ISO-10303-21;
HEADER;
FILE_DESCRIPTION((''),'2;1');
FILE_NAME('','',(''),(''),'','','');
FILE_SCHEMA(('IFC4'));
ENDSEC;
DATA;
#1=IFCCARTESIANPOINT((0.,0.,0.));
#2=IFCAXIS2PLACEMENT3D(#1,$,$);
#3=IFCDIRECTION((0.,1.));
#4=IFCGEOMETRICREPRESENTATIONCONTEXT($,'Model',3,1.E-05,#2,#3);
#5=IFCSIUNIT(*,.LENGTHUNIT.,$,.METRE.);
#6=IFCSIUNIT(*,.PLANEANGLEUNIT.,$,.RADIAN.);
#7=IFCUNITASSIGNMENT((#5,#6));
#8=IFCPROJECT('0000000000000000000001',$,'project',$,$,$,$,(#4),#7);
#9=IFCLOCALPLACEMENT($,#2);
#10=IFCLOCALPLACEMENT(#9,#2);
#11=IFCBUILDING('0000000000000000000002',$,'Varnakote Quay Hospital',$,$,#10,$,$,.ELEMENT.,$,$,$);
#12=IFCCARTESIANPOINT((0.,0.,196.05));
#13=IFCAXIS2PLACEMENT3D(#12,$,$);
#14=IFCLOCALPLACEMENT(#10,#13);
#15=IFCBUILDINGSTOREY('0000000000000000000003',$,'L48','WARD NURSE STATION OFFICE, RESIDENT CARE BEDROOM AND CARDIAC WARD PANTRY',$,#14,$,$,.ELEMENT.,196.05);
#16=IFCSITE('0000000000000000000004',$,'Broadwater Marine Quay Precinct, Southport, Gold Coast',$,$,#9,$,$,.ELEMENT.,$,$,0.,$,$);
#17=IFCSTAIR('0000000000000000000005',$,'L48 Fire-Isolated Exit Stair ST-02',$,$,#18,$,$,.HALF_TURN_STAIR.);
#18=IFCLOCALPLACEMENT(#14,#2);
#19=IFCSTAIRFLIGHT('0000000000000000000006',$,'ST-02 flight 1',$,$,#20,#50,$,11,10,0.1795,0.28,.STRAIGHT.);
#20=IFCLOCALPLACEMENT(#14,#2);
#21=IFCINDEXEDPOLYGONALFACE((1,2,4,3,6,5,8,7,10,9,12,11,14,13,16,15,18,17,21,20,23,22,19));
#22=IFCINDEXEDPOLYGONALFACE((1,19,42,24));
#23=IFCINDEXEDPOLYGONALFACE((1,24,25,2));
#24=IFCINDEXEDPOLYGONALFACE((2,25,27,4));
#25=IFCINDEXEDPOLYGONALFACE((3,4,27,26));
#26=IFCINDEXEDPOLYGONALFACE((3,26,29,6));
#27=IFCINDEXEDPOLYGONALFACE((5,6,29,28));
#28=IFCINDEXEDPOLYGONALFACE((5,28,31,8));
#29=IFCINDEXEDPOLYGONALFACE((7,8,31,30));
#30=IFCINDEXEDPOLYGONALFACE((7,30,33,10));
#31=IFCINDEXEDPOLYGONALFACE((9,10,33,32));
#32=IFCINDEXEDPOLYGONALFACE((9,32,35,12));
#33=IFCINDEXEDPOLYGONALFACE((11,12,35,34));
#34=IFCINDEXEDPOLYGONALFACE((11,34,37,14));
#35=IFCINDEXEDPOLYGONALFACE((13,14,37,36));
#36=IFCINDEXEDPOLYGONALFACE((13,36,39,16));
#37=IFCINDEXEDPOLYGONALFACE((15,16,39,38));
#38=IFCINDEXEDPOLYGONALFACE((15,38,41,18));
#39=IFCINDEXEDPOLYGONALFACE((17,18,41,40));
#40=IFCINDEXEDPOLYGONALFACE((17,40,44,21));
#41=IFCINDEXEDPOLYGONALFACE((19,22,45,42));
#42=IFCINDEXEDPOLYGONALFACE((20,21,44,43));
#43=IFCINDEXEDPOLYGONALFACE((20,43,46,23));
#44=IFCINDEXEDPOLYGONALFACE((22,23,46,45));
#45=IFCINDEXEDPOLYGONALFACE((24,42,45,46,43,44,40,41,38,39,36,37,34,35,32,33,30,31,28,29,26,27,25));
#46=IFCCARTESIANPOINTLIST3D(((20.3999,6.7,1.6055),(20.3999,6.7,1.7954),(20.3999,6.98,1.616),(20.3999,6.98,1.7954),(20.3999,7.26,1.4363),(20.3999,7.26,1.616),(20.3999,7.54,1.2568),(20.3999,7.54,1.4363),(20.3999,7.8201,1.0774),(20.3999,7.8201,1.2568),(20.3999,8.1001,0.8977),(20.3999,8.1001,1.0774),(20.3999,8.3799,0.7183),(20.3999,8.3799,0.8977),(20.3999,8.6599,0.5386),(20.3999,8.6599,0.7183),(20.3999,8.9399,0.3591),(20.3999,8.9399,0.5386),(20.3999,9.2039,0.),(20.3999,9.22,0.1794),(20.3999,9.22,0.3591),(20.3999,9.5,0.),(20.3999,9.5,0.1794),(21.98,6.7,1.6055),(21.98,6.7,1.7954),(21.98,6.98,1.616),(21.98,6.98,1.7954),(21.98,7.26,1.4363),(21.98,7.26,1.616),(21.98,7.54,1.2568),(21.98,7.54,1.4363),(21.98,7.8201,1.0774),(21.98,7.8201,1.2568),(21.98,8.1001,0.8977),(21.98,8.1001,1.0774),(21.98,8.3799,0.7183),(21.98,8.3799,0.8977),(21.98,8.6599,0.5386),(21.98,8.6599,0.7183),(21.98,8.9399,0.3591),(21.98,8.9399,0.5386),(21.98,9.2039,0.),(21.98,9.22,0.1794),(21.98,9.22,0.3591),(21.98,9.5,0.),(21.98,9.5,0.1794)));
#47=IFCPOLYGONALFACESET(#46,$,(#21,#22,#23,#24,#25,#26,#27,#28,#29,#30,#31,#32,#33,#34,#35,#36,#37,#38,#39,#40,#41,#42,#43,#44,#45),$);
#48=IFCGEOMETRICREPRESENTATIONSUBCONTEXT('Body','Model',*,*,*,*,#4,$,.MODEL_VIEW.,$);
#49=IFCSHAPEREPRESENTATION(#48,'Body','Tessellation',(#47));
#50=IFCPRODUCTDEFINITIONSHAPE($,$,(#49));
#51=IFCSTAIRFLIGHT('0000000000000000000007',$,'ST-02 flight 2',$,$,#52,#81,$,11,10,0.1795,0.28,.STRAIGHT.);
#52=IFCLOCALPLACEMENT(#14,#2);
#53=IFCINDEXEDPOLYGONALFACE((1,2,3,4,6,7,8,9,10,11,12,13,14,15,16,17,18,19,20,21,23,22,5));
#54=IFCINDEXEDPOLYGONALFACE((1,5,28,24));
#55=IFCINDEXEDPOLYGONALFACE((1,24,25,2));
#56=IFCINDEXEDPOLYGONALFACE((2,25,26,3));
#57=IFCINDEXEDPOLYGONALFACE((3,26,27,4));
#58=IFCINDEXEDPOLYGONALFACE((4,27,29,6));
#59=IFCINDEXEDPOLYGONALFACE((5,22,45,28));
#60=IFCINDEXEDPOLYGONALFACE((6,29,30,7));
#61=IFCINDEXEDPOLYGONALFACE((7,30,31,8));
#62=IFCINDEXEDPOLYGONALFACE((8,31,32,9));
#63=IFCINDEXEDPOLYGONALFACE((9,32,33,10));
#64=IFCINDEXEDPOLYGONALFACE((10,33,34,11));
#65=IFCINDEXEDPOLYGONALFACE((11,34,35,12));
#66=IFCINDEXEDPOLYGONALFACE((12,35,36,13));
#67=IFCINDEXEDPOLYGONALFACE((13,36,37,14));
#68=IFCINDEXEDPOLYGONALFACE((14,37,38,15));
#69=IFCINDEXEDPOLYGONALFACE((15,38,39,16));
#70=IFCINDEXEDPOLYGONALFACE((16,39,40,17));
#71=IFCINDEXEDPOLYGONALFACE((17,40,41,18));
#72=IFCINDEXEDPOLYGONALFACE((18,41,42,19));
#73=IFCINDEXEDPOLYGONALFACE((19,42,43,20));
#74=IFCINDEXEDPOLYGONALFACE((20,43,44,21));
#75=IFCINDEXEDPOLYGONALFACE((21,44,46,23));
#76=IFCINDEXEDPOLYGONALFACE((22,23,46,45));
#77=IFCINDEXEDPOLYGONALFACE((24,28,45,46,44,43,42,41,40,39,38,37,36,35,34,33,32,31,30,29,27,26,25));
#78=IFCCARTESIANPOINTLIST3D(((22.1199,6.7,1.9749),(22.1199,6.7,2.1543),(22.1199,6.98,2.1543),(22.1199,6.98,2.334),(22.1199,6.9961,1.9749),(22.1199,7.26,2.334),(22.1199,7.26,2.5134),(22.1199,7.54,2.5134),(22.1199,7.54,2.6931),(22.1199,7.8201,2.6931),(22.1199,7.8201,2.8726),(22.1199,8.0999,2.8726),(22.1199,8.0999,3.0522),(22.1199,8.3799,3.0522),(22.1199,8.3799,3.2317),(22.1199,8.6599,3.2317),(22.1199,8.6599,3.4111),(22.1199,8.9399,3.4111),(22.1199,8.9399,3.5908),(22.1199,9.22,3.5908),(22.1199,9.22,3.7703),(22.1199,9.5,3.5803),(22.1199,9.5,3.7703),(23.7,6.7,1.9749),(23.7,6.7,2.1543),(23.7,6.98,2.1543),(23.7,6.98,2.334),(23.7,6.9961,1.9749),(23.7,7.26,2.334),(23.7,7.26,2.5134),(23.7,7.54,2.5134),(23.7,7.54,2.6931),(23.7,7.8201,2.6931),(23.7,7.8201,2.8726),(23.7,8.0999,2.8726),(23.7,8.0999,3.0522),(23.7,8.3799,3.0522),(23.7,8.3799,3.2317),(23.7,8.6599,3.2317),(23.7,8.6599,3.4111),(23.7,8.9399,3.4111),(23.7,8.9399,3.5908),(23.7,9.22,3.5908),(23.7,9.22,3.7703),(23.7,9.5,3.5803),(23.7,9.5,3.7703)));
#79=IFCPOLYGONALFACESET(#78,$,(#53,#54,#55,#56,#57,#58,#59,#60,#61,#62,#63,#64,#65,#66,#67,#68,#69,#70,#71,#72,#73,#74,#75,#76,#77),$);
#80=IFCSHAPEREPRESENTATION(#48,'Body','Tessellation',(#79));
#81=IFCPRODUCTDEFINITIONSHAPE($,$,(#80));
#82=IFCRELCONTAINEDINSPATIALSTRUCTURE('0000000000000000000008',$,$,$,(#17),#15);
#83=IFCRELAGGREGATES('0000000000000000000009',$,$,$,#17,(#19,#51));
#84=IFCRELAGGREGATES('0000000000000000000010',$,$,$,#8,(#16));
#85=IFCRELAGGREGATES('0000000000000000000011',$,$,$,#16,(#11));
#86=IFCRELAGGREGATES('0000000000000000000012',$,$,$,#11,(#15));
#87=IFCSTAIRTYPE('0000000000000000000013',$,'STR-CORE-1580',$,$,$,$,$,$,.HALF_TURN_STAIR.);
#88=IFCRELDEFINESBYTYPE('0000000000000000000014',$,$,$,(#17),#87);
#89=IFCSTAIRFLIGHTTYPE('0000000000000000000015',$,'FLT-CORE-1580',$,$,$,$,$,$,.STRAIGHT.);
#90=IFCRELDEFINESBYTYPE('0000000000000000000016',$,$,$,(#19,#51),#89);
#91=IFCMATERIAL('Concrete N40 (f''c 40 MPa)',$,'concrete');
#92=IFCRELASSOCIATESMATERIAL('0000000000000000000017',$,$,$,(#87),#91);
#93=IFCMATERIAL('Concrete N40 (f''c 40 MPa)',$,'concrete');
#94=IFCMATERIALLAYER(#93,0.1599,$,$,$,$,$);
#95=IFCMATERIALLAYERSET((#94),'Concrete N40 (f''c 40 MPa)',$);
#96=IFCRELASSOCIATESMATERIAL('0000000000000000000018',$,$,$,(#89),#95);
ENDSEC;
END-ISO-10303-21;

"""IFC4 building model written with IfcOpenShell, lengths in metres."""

from ifc_helpers import new_model, si_unit, direction, frame, origin, place, context, subcontext, project, spatial, polyline, outline, extrude, material, layer, layer_set, type_object, element, aggregate, save


model = new_model("IFC4")

# Units and contexts
model_context = context("Model", 3, precision=1e-05, world=origin(), true_north=direction((0.0, 1.0)))
body_context = subcontext(model_context, "Body", "Model", "MODEL_VIEW")
ifc_project = project(units=[si_unit("LENGTHUNIT", "METRE"), si_unit("PLANEANGLEUNIT", "RADIAN")], contexts=[model_context])

# Site, building, storey
site_placement = place(None, origin())
site = spatial("IfcSite", under=ifc_project, at=site_placement, Name="Broadwater Marine Quay Precinct, Southport, Gold Coast", CompositionType="ELEMENT", RefElevation=0.0)
building_placement = place(site_placement, origin())
building = spatial("IfcBuilding", under=site, at=building_placement, Name="Varnakote Quay Hospital", CompositionType="ELEMENT")
storey_placement = place(building_placement, frame((0.0, 0.0, 196.05)))
storey = spatial("IfcBuildingStorey", under=building, at=storey_placement, Name="L48", Description="WARD NURSE STATION OFFICE, RESIDENT CARE BEDROOM AND CARDIAC WARD PANTRY", CompositionType="ELEMENT", Elevation=196.05)

# Stair, stair flights
ifc_material_1 = material(Name="Concrete N40 (f'c 40 MPa)", Category="concrete")
stair_type = type_object("IfcStairType", Name="STR-CORE-1580", PredefinedType="HALF_TURN_STAIR", material=ifc_material_1)
stair_placement = place(storey_placement, origin())
stair = element("IfcStair", 1, at=stair_placement, inside=storey, type_object=stair_type, Name="L48 Fire-Isolated Exit Stair ST-02", PredefinedType="HALF_TURN_STAIR")
ifc_material_2 = material(Name="Concrete N40 (f'c 40 MPa)", Category="concrete")
ifc_layer_1 = layer(ifc_material_2, 0.1599)
ifc_layer_set_1 = layer_set([ifc_layer_1], Name="Concrete N40 (f'c 40 MPa)")
stair_flight_type = type_object("IfcStairFlightType", Name="FLT-CORE-1580", PredefinedType="STRAIGHT", material=ifc_layer_set_1)
stair_flight_1_placement = place(storey_placement, frame((21.1899, 9.5, 0.0), z_axis=(0.0, 0.0, 1.0), x_axis=(0.0, -1.0, 0.0)))
stair_flight_1 = element("IfcStairFlight", 2, at=stair_flight_1_placement, type_object=stair_flight_type, Name="ST-02 flight 1", NumberOfRisers=11, NumberOfTreads=10, PredefinedType="STRAIGHT", RiserHeight=0.1795, TreadLength=0.28, context=body_context, shape_type="SweptSolid", body=[
    extrude(outline(polyline([(0.0, 0.0), (0.0, 0.1794), (0.28, 0.1794), (0.28, 0.3591), (0.5601, 0.3591), (0.5601, 0.5386), (0.8401, 0.5386), (0.8401, 0.7183), (1.1201, 0.7183), (1.1201, 0.8977), (1.3999, 0.8977), (1.3999, 1.0774), (1.6799, 1.0774), (1.6799, 1.2568), (1.96, 1.2568), (1.96, 1.4363), (2.24, 1.4363), (2.24, 1.616), (2.52, 1.616), (2.52, 1.7954), (2.8, 1.7954), (2.8, 1.9751), (2.8, 1.6055), (0.2961, 0.0), (0.0, 0.0)])), frame((0.0, 0.79, 0.0), z_axis=(0.0, -1.0, 0.0), x_axis=(1.0, 0.0, 0.0)), (0.0, 0.0, 1.0), 1.5801),
])
stair_flight_2_placement = place(storey_placement, frame((22.9099, 6.7, 1.9749), z_axis=(0.0, 0.0, 1.0), x_axis=(0.0, 1.0, 0.0)))
stair_flight_2 = element("IfcStairFlight", 3, at=stair_flight_2_placement, type_object=stair_flight_type, Name="ST-02 flight 2", NumberOfRisers=11, NumberOfTreads=10, PredefinedType="STRAIGHT", RiserHeight=0.1795, TreadLength=0.28, context=body_context, shape_type="SweptSolid", body=[
    extrude(outline(polyline([(0.0, 0.0), (0.0, 0.1794), (0.28, 0.1794), (0.28, 0.3591), (0.5601, 0.3591), (0.5601, 0.5386), (0.8401, 0.5386), (0.8401, 0.7183), (1.1201, 0.7183), (1.1201, 0.8977), (1.3999, 0.8977), (1.3999, 1.0774), (1.6799, 1.0774), (1.6799, 1.2568), (1.96, 1.2568), (1.96, 1.4363), (2.24, 1.4363), (2.24, 1.616), (2.52, 1.616), (2.52, 1.7954), (2.8, 1.7954), (2.8, 1.9751), (2.8, 1.6055), (0.2961, 0.0), (0.0, 0.0)])), frame((0.0, 0.79, 0.0), z_axis=(0.0, -1.0, 0.0), x_axis=(1.0, 0.0, 0.0)), (0.0, 0.0, 1.0), 1.5801),
])
aggregate(stair, [stair_flight_1, stair_flight_2])

save(model, "model.ifc")
